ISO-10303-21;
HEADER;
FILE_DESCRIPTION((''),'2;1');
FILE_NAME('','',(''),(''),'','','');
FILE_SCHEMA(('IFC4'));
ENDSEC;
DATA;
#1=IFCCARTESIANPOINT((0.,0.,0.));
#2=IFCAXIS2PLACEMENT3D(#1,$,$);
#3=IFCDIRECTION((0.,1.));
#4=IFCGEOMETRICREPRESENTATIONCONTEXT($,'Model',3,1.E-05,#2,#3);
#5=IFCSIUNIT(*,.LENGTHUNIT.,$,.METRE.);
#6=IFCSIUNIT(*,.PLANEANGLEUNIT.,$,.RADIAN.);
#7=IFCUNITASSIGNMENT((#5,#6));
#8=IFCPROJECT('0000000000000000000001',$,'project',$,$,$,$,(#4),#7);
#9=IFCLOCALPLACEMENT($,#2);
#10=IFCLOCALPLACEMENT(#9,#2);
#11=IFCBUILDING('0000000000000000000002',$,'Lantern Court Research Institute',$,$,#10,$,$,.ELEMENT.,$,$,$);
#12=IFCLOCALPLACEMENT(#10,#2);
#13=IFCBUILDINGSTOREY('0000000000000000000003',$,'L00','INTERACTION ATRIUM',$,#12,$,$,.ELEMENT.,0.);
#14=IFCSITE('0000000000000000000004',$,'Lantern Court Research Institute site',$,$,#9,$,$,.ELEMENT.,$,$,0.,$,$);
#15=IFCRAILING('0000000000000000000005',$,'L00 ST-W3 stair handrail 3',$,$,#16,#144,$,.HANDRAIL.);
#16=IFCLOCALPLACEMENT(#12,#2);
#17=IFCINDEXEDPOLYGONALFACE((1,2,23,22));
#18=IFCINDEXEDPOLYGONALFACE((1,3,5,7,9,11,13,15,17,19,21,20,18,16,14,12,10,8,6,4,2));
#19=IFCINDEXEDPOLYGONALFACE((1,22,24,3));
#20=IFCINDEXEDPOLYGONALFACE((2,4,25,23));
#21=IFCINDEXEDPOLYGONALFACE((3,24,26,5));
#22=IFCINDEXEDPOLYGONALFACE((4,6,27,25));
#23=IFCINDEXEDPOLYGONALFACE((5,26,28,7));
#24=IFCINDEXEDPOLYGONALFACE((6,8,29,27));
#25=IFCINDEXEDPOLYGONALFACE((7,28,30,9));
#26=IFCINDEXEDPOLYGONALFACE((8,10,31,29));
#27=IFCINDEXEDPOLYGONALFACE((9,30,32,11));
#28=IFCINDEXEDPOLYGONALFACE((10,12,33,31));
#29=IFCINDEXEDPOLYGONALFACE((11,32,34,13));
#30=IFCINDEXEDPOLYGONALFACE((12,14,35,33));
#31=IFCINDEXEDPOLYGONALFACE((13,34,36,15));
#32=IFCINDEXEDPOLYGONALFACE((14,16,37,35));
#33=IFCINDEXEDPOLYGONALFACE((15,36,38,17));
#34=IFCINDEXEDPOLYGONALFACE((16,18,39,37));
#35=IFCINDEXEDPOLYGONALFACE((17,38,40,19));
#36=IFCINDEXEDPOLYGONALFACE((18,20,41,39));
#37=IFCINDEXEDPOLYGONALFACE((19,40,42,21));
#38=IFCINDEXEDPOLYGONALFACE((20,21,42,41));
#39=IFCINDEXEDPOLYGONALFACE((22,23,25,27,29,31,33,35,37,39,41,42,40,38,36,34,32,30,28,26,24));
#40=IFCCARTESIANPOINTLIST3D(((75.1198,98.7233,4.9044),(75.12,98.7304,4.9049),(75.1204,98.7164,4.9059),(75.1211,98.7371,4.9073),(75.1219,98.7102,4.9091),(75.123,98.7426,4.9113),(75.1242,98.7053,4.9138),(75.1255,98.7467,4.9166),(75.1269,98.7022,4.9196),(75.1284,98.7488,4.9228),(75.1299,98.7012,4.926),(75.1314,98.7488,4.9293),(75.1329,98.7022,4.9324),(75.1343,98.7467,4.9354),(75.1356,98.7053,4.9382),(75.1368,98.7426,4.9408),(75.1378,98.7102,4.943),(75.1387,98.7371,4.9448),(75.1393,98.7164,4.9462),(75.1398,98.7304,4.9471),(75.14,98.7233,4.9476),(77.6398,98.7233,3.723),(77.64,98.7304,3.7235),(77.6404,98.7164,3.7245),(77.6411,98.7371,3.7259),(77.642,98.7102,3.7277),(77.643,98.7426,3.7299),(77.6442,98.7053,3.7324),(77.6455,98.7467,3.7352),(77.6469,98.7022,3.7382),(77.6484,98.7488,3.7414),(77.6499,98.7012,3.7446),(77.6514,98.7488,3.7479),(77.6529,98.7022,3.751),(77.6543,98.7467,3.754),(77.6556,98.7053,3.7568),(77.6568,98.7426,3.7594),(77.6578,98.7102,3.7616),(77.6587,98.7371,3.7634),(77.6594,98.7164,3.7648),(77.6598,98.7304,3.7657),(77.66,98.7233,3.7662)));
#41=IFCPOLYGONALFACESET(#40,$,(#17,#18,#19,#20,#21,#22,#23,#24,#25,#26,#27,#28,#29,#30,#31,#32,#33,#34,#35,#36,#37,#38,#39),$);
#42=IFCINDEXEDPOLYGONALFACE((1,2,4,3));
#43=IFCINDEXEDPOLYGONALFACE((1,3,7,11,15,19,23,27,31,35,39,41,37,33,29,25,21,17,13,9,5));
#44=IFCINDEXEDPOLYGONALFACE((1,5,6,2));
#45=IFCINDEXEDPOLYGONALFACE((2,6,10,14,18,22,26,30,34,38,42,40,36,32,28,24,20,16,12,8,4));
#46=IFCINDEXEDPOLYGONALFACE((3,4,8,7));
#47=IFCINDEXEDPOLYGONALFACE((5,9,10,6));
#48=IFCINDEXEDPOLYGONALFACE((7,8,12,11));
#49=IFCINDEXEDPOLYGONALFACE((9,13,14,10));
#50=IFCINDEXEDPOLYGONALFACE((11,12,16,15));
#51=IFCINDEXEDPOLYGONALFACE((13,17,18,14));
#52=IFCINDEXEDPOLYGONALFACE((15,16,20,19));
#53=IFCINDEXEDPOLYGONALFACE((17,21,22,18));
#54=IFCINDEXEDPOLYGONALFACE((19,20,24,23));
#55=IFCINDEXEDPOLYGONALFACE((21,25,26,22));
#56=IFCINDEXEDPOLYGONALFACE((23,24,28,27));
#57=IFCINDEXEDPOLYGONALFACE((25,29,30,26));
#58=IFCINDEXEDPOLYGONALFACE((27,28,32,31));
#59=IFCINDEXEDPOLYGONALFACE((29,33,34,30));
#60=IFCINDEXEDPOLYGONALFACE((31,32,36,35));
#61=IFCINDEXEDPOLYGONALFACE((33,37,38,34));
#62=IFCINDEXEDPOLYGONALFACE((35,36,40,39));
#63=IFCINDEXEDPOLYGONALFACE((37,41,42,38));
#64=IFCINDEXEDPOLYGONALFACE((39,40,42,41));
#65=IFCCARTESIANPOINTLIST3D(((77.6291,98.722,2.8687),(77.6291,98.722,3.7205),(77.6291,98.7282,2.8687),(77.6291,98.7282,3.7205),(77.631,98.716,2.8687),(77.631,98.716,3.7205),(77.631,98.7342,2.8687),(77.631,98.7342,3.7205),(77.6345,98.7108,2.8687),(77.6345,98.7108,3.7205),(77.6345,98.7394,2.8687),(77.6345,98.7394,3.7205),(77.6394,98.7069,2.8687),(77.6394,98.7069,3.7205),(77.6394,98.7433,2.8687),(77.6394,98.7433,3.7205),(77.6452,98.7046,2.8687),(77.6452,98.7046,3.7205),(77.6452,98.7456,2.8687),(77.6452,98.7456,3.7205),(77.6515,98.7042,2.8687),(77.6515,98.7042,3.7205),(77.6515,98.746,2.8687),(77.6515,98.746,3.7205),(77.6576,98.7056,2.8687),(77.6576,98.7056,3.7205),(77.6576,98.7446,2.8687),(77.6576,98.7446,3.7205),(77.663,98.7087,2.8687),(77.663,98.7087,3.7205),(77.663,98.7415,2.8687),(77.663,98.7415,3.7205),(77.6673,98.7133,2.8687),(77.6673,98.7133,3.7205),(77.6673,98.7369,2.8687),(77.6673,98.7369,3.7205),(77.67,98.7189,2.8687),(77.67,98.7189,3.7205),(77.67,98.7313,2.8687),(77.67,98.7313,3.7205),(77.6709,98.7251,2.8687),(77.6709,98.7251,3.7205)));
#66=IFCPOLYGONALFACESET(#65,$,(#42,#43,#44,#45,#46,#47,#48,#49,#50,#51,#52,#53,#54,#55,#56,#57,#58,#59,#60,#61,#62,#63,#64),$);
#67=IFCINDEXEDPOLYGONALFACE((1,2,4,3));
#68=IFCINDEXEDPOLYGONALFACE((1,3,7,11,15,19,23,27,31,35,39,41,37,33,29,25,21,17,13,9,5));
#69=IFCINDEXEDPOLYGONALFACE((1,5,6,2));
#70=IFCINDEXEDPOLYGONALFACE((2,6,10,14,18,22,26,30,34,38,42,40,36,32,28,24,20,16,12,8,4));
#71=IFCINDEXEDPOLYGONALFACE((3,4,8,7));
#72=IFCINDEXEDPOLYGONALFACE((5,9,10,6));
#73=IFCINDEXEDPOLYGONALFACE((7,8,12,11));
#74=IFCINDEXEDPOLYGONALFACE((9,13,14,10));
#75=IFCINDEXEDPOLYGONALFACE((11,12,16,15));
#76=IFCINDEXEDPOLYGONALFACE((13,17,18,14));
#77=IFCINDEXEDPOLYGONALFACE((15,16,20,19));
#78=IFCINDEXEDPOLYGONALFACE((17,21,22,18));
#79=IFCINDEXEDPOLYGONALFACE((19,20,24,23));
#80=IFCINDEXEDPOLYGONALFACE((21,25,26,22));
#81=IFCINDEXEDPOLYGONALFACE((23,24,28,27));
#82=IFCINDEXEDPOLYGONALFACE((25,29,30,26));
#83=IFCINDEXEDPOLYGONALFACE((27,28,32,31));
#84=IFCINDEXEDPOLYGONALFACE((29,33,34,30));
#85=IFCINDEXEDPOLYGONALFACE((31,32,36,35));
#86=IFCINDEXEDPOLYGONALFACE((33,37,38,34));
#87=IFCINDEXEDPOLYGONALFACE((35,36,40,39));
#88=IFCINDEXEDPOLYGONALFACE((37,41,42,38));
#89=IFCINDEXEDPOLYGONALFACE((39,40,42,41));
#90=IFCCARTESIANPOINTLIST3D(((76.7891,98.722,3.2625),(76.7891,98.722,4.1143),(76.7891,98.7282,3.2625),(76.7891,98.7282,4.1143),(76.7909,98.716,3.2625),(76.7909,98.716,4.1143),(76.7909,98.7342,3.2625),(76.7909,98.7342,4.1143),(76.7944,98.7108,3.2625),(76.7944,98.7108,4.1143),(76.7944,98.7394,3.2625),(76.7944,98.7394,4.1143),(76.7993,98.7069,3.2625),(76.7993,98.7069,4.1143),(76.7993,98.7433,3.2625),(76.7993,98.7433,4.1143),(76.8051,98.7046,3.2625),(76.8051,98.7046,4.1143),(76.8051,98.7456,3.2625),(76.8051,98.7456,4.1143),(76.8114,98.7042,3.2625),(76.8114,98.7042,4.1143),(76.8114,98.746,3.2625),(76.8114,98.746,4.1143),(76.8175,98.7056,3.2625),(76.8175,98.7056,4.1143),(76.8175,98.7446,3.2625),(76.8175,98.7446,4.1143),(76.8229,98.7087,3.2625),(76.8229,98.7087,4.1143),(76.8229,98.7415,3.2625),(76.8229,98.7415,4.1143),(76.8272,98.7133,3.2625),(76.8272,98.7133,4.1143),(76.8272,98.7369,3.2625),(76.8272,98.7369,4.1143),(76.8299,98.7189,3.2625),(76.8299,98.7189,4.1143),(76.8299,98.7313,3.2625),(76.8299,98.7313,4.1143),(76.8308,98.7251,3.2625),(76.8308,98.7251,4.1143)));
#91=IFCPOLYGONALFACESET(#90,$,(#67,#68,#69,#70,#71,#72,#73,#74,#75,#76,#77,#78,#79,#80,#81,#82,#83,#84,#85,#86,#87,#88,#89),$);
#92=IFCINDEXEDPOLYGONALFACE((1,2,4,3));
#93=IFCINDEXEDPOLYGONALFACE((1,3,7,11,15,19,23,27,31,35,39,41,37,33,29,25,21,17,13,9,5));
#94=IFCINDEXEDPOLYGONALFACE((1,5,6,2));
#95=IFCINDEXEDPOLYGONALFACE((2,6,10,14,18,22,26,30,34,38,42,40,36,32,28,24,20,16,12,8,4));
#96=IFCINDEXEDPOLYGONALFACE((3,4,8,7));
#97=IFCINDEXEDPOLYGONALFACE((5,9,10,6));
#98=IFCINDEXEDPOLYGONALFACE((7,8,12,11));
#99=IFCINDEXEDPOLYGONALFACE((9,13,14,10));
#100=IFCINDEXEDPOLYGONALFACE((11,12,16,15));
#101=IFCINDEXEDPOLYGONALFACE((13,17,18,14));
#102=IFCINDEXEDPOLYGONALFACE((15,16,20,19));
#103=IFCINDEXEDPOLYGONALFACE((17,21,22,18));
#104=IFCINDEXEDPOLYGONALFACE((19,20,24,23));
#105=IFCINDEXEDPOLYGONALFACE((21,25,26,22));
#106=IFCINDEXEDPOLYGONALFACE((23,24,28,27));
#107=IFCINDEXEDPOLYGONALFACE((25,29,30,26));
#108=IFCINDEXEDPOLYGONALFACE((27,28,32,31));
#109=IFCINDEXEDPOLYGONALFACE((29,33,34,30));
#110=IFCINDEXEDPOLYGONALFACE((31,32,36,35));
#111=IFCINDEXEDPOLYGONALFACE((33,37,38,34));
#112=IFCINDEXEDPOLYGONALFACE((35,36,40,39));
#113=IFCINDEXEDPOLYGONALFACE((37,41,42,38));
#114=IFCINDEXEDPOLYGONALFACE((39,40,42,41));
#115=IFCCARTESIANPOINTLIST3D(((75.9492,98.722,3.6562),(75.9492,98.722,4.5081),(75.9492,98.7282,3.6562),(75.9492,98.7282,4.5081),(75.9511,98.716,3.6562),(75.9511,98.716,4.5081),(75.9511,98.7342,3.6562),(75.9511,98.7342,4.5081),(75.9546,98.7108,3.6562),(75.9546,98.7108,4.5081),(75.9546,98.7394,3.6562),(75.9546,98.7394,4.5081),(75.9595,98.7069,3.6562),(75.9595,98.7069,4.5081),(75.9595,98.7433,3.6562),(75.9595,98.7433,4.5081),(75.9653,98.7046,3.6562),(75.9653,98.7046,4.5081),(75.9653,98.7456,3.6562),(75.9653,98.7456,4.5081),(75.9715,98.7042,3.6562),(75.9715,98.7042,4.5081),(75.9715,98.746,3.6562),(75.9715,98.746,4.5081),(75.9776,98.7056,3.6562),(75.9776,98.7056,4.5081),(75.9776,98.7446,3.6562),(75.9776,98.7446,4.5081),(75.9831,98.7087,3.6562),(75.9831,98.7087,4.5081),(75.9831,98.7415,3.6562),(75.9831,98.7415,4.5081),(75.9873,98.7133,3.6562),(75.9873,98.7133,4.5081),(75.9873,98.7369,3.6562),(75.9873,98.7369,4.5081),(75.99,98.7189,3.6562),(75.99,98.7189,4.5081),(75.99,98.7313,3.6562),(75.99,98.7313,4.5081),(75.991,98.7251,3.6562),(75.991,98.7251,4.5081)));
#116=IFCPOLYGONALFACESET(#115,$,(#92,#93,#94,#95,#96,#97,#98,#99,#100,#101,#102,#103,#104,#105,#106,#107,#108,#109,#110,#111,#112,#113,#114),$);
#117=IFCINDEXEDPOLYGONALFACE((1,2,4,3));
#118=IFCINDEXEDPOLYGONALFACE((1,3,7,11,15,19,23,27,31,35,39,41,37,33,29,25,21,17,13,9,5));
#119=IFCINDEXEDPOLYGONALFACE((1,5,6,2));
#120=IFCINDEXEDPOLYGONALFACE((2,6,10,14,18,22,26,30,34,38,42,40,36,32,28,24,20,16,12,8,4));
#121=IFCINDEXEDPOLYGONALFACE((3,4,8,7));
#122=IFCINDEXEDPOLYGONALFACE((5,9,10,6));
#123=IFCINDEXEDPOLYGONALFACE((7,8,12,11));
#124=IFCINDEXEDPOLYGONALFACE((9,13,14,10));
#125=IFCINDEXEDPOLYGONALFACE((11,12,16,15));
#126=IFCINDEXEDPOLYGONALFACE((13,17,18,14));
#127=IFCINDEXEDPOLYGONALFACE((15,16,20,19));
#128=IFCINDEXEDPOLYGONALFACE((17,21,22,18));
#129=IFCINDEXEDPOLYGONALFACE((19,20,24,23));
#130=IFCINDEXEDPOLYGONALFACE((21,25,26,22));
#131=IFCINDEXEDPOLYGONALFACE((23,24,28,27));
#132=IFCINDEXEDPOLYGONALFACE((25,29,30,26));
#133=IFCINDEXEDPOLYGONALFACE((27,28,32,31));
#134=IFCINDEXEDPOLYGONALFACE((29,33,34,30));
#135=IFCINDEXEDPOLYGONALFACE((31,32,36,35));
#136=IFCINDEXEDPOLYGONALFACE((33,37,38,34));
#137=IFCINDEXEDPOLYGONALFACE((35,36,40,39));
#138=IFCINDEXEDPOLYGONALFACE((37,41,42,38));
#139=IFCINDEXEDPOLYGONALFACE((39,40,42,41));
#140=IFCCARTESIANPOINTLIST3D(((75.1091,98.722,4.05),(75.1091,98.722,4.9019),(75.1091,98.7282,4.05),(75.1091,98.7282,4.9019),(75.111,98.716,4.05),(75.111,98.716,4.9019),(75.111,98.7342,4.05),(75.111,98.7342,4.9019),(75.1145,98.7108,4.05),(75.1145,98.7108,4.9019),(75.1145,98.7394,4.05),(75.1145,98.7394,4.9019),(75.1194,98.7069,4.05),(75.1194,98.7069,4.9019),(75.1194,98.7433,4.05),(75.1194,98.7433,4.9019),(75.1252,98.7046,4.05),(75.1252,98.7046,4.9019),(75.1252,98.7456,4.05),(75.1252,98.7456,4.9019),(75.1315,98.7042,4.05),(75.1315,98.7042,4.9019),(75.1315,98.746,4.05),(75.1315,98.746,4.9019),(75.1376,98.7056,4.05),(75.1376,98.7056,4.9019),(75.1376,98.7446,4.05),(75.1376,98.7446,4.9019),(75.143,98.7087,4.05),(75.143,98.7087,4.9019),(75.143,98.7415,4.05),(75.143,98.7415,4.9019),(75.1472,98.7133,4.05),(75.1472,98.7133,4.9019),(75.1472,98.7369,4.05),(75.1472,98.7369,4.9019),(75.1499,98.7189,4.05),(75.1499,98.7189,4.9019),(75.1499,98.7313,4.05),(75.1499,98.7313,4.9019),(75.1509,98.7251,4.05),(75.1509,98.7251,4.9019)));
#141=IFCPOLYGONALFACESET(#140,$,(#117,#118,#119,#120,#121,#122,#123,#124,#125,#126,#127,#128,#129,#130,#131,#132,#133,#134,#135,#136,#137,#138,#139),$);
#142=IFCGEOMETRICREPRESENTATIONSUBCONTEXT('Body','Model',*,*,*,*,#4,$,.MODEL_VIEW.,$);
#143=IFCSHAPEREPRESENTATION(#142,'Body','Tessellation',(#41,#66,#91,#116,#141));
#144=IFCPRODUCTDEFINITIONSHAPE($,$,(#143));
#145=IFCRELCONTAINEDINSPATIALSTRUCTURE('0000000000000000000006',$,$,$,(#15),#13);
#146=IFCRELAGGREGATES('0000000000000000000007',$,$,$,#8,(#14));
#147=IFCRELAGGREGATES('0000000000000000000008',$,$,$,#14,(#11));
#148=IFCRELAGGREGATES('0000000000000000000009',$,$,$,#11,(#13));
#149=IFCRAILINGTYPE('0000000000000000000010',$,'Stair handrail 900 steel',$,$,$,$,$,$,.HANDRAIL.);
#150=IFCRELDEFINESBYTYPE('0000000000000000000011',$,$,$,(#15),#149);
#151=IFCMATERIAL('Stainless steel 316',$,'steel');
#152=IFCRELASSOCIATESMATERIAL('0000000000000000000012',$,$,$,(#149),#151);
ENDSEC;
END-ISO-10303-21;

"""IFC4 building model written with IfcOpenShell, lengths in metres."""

from ifc_helpers import new_model, si_unit, direction, frame, origin, origin_2d, place, context, subcontext, project, spatial, circle, extrude, material, type_object, element, save


model = new_model("IFC4")

# Units and contexts
model_context = context("Model", 3, precision=1e-05, world=origin(), true_north=direction((0.0, 1.0)))
body_context = subcontext(model_context, "Body", "Model", "MODEL_VIEW")
ifc_project = project(units=[si_unit("LENGTHUNIT", "METRE"), si_unit("PLANEANGLEUNIT", "RADIAN")], contexts=[model_context])

# Site, building, storey
site_placement = place(None, origin())
site = spatial("IfcSite", under=ifc_project, at=site_placement, Name="Lantern Court Research Institute site", CompositionType="ELEMENT", RefElevation=0.0)
building_placement = place(site_placement, origin())
building = spatial("IfcBuilding", under=site, at=building_placement, Name="Lantern Court Research Institute", CompositionType="ELEMENT")
storey_placement = place(building_placement, origin())
storey = spatial("IfcBuildingStorey", under=building, at=storey_placement, Name="L00", Description="INTERACTION ATRIUM", CompositionType="ELEMENT", Elevation=0.0)

# Railing
ifc_material_1 = material(Name="Stainless steel 316", Category="steel")
railing_type_1 = type_object("IfcRailingType", Name="Stair handrail 900 steel", PredefinedType="HANDRAIL", material=ifc_material_1)
railing_1_placement = place(storey_placement, frame((77.6499, 98.7251, 2.8687)))
element("IfcRailing", 1, at=railing_1_placement, inside=storey, type_object=railing_type_1, Name="L00 ST-W3 stair handrail 3", PredefinedType="HANDRAIL", context=body_context, shape_type="SweptSolid", body=[
    extrude(circle(Radius=0.0239, at=origin_2d()), frame((0.0, 0.0, 0.876), z_axis=(-0.90544, 0.0, 0.424474), x_axis=(0.0, -1.0, 0.0)), (0.0, 0.0, 1.0), 2.7832),
    extrude(circle(Radius=0.021, at=origin_2d()), origin(), (0.0, 0.0, 1.0), 0.8518),
    extrude(circle(Radius=0.021, at=origin_2d()), frame((-0.8401, 0.0, 0.3938)), (0.0, 0.0, 1.0), 0.8518),
    extrude(circle(Radius=0.021, at=origin_2d()), frame((-1.6799, 0.0, 0.7876)), (0.0, 0.0, 1.0), 0.8518),
    extrude(circle(Radius=0.021, at=origin_2d()), frame((-2.52, 0.0, 1.1814)), (0.0, 0.0, 1.0), 0.8518),
])

save(model, "model.ifc")
